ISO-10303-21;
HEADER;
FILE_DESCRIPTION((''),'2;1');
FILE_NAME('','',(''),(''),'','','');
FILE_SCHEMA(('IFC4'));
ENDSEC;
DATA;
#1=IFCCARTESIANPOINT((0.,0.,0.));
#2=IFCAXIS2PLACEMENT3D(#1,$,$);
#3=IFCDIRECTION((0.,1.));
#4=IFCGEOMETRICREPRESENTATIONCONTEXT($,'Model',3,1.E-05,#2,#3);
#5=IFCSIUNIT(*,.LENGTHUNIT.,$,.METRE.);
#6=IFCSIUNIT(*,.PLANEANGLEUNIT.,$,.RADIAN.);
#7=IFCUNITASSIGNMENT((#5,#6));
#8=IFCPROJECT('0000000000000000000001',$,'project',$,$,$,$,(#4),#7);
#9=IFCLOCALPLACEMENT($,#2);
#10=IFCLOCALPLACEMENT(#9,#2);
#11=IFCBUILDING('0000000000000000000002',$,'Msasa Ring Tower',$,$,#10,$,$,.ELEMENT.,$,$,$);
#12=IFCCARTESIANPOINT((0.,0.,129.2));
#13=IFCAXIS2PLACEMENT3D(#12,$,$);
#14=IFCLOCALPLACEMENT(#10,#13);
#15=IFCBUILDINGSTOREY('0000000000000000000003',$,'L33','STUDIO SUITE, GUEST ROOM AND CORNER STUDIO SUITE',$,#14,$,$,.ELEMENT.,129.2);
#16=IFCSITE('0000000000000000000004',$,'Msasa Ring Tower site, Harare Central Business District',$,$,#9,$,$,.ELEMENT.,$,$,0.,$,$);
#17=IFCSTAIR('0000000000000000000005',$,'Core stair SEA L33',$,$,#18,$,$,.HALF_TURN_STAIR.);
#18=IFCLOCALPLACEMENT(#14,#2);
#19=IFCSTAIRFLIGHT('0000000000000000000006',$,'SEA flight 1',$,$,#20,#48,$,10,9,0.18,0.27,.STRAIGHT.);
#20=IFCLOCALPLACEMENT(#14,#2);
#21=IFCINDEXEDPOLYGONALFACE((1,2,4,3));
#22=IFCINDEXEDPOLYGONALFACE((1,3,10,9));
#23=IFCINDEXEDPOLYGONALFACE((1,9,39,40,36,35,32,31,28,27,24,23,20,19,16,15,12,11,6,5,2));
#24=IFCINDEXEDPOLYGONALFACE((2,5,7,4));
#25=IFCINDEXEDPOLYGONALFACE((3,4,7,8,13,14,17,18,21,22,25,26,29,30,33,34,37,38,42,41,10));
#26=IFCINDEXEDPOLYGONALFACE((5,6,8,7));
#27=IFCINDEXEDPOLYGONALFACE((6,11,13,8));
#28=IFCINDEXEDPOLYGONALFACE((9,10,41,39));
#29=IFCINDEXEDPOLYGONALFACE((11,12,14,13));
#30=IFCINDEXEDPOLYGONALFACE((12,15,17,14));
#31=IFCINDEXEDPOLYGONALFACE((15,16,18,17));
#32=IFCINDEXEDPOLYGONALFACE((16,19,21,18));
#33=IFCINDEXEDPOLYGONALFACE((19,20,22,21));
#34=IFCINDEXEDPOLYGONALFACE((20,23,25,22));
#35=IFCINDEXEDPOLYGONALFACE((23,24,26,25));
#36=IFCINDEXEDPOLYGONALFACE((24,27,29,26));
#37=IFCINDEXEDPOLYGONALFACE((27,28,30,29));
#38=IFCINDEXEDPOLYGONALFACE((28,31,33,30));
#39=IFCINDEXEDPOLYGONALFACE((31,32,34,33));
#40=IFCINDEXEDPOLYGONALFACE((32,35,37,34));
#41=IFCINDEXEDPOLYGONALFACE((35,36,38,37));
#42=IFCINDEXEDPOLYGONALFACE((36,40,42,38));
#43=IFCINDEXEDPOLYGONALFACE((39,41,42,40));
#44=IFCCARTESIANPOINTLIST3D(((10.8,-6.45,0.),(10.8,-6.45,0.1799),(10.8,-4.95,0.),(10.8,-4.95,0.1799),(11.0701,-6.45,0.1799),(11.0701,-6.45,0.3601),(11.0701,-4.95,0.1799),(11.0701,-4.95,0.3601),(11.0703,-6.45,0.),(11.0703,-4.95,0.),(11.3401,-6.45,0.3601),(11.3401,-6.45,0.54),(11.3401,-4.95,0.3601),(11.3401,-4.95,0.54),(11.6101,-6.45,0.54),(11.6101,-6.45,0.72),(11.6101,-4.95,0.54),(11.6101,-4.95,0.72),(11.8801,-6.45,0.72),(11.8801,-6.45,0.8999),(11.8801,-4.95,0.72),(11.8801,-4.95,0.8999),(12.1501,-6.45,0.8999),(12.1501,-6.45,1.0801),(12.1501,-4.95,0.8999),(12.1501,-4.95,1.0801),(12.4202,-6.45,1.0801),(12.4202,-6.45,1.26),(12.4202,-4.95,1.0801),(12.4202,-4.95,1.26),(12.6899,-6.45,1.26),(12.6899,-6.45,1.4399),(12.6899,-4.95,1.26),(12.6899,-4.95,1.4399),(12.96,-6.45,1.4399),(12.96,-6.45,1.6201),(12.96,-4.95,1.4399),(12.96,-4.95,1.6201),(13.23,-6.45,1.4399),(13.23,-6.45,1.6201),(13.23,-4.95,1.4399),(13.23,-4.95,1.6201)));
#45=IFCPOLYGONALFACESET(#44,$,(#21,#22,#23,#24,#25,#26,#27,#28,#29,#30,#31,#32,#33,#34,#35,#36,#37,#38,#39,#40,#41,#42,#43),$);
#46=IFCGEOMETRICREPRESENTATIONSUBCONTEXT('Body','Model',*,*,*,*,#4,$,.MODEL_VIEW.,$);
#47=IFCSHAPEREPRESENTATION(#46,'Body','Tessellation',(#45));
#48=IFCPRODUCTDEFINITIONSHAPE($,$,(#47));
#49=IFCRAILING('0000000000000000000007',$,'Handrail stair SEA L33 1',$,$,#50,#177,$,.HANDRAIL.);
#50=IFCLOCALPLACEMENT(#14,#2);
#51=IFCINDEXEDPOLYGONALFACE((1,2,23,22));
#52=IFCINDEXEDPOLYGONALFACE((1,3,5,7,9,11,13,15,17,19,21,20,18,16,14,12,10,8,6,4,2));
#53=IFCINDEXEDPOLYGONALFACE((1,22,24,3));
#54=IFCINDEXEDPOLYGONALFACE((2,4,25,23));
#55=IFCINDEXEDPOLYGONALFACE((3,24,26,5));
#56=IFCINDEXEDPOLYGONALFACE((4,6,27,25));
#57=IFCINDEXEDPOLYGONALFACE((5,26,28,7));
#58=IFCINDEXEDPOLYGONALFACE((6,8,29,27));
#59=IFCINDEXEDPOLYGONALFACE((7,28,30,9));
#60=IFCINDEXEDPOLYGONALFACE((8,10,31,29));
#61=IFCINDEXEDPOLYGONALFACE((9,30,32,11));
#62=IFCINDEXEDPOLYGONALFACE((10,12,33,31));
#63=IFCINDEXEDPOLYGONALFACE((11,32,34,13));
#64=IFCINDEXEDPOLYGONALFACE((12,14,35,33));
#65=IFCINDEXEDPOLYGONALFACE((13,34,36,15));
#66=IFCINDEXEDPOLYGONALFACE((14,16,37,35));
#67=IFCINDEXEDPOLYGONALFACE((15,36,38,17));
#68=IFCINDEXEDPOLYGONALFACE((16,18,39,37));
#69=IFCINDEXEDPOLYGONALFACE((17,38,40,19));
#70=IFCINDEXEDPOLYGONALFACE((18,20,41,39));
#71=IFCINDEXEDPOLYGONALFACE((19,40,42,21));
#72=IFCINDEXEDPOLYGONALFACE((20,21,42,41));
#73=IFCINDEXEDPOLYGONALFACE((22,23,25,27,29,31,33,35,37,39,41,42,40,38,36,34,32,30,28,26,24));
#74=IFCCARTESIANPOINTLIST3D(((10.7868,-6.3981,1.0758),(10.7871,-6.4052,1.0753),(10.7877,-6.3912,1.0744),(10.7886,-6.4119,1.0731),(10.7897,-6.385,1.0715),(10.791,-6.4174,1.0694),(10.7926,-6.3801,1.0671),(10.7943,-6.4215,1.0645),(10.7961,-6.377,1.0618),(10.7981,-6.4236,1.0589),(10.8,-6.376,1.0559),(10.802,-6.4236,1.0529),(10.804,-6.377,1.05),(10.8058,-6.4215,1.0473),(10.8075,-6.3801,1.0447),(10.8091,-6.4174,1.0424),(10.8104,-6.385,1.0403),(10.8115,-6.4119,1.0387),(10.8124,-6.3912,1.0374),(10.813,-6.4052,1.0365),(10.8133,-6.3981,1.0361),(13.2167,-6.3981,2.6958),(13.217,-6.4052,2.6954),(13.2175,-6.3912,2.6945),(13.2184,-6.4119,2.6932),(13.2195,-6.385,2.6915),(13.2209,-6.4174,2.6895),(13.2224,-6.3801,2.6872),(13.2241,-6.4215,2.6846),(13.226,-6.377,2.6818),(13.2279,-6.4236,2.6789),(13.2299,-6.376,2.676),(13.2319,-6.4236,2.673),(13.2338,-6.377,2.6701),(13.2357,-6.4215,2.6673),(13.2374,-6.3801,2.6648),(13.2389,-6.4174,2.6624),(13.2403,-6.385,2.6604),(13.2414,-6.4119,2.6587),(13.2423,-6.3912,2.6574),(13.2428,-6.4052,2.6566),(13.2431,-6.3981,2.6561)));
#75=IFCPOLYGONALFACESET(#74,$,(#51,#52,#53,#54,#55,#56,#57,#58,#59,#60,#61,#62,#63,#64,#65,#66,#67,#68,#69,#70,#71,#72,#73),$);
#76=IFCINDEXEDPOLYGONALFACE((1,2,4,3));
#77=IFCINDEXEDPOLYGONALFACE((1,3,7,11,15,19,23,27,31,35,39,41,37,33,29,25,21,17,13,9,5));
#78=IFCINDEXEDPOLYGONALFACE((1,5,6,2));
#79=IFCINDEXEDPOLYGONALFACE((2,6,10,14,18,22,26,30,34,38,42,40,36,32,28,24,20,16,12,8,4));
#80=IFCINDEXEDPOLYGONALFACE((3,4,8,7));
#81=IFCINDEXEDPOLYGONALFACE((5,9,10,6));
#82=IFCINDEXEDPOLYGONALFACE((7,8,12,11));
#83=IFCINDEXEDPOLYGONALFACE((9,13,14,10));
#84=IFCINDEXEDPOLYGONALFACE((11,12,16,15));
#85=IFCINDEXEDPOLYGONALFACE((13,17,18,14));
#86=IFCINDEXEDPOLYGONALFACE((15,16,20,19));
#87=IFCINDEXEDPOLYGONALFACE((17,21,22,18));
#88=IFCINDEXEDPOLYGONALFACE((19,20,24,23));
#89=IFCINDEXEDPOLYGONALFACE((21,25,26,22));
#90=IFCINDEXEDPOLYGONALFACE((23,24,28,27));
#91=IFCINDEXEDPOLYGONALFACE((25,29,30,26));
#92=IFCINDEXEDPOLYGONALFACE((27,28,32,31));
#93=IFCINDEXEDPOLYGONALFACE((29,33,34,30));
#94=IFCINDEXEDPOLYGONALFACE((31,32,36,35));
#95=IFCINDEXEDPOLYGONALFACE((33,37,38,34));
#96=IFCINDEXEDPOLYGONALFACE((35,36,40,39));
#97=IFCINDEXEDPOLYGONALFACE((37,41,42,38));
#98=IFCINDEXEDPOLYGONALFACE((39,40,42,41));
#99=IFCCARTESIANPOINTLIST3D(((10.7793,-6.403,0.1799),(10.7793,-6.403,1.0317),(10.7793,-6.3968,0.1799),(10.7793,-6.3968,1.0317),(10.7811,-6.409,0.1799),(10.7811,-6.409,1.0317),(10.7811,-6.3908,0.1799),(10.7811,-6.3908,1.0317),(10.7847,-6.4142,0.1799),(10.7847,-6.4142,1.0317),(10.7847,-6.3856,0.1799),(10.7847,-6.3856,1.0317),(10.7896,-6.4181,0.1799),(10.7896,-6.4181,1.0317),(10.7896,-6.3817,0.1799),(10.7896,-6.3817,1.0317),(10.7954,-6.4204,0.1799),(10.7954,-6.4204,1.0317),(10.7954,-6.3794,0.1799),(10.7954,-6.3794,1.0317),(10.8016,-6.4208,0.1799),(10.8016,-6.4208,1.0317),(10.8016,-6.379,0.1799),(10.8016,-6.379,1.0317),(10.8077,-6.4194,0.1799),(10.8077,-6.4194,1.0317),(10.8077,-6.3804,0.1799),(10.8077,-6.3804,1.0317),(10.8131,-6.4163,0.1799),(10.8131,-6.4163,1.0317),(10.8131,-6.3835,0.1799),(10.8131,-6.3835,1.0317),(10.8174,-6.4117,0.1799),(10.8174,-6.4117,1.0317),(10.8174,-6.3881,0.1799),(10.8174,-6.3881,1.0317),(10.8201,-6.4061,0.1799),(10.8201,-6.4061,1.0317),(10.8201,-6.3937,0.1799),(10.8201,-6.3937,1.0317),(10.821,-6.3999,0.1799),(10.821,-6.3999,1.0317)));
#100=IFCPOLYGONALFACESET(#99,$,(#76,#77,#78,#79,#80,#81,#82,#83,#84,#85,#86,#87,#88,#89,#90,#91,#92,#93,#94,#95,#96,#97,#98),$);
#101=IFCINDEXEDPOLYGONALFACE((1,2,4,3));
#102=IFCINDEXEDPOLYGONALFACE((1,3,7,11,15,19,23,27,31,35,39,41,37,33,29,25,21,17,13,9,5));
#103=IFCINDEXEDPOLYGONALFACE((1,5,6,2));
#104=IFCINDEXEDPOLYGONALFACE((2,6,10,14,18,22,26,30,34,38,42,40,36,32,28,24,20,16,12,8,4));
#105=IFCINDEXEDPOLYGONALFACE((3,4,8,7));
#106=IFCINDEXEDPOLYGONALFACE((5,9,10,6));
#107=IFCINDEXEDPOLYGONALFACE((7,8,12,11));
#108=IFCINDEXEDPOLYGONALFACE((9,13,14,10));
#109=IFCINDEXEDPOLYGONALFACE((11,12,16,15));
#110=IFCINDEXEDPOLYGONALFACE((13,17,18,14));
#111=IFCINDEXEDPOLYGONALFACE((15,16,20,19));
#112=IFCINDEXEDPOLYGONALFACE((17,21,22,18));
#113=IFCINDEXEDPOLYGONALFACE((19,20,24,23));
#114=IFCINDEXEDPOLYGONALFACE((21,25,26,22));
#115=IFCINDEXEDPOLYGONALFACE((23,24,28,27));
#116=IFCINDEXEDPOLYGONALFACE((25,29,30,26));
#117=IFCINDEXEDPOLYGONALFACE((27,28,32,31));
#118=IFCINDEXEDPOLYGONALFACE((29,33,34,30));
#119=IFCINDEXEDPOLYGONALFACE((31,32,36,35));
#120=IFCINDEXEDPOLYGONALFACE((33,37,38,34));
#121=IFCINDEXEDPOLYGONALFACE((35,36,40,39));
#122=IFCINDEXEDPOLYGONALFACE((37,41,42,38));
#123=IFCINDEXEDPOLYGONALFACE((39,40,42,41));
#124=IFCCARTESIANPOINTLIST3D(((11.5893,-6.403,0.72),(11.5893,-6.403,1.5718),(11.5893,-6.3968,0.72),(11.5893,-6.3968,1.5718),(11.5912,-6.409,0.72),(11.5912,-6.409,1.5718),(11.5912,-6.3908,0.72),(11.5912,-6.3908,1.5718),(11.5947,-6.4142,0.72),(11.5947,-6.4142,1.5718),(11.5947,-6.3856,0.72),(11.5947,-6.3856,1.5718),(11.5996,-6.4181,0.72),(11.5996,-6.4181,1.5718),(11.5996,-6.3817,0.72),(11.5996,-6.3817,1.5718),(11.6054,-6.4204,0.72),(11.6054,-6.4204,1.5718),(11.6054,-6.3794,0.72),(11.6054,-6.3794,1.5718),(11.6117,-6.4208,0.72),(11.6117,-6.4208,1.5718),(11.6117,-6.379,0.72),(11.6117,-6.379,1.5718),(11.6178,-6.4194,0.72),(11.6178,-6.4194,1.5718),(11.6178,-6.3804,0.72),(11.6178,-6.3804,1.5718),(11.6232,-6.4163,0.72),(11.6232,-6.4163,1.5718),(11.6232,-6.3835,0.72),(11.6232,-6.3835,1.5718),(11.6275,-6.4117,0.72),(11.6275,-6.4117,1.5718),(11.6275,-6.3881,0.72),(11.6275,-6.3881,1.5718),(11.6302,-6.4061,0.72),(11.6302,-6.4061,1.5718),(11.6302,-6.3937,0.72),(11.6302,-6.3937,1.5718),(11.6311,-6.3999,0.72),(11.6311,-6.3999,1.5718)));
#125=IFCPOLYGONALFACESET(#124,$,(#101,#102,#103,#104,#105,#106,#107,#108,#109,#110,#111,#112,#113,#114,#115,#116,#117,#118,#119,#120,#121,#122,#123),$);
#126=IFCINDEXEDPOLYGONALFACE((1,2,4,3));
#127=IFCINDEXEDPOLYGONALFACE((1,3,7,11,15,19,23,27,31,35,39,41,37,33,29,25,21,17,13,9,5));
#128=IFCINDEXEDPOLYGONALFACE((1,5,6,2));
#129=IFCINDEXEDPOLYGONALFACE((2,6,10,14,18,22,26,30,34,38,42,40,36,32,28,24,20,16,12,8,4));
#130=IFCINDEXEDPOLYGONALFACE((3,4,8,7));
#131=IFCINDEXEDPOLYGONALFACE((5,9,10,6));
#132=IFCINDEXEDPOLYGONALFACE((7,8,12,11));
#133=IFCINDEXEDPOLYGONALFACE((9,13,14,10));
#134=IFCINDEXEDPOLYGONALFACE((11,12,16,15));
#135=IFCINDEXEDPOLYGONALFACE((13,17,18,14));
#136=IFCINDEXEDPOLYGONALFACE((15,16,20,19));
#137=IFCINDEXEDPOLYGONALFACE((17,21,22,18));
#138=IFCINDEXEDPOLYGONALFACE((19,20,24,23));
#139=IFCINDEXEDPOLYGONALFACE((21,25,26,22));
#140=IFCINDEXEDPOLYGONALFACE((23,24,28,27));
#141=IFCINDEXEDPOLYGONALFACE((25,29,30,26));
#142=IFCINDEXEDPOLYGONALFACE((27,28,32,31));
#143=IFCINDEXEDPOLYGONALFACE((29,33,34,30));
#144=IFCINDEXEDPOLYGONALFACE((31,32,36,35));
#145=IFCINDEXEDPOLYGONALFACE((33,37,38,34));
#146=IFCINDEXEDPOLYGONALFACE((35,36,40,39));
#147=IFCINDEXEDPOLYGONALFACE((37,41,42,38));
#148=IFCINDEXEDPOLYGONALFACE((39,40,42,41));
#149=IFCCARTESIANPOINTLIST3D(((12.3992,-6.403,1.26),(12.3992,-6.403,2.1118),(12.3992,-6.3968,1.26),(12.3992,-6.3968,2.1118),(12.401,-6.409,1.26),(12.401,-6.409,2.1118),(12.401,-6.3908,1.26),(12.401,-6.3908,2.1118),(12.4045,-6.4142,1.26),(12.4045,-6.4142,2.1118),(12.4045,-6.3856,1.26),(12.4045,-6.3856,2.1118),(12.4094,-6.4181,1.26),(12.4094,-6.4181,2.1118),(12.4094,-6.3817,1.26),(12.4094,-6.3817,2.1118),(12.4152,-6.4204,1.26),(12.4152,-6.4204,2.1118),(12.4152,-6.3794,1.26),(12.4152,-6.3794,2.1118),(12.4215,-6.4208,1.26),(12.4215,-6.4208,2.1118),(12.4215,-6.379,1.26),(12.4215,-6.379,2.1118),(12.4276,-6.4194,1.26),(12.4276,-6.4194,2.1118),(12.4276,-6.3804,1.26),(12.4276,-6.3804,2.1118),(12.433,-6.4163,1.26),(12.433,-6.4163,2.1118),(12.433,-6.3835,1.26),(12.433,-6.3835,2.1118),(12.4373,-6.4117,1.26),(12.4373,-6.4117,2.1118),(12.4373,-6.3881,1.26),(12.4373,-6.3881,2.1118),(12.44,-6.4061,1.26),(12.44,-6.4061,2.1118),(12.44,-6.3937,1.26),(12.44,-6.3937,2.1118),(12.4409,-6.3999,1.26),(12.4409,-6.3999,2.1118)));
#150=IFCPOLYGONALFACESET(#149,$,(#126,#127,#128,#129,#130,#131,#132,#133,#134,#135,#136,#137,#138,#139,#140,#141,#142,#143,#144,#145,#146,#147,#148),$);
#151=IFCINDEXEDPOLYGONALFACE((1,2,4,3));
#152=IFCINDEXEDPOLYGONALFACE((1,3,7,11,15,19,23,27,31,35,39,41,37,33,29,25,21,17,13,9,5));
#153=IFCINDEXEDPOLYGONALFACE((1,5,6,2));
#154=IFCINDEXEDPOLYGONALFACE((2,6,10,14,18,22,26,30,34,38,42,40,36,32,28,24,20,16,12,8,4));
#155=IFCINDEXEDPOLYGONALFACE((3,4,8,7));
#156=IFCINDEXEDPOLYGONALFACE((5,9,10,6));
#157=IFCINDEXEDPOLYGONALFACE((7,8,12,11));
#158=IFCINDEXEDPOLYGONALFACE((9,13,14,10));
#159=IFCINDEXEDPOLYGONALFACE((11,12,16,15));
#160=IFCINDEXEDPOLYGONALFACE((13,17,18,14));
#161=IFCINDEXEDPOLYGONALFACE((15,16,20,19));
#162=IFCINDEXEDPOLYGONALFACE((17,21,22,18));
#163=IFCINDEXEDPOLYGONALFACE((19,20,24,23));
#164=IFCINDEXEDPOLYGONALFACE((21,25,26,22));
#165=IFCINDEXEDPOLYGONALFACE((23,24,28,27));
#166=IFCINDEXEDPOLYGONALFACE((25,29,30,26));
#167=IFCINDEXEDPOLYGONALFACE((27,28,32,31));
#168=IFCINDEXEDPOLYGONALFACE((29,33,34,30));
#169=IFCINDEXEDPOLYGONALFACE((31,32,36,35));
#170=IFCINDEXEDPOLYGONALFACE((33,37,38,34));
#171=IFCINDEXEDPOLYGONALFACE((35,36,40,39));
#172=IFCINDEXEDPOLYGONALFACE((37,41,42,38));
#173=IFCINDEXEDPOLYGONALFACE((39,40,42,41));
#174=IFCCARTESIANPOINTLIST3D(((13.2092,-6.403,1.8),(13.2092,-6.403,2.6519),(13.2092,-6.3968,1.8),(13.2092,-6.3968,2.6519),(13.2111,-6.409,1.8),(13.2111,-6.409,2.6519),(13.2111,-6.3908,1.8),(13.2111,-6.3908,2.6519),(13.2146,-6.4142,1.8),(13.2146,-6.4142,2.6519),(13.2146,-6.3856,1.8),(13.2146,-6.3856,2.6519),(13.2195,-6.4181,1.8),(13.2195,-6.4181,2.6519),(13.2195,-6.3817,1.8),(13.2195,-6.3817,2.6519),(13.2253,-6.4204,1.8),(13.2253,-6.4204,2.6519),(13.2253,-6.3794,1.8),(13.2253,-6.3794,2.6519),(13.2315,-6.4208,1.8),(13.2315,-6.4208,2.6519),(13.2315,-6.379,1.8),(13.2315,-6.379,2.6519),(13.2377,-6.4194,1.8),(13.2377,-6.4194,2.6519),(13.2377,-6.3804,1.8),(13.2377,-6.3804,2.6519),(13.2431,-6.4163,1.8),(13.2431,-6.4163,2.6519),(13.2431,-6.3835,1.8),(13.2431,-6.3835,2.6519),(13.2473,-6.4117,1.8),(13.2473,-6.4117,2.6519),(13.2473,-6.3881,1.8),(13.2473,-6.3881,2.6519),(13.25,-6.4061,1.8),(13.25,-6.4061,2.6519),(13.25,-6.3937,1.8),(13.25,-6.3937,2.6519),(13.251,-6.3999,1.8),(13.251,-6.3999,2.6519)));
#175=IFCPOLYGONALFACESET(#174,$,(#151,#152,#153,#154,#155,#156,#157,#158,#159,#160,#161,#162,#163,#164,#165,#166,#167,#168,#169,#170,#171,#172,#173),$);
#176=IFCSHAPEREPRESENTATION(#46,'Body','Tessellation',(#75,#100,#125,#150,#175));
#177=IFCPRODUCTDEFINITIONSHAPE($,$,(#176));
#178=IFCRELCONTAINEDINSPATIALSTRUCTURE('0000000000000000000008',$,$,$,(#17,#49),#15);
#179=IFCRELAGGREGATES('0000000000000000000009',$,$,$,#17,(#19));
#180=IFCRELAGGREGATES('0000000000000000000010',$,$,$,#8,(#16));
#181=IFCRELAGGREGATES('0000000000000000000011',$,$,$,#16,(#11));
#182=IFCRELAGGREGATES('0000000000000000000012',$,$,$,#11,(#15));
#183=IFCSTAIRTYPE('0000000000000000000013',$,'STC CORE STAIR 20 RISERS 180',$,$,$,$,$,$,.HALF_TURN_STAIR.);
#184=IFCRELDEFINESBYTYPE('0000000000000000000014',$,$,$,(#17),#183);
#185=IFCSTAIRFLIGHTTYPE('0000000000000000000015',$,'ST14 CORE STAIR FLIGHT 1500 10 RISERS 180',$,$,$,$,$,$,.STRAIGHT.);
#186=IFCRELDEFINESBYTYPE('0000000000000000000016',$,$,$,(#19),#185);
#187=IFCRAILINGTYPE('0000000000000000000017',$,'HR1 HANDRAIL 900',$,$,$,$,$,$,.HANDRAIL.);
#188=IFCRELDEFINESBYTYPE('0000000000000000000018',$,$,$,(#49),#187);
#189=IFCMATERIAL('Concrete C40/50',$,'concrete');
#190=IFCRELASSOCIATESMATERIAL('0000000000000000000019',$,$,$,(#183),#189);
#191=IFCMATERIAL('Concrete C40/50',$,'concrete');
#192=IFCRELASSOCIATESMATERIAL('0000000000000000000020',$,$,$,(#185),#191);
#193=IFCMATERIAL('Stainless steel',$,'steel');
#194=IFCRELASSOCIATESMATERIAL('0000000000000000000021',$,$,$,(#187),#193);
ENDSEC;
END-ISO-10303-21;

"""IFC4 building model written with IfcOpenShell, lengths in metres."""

from ifc_helpers import new_model, si_unit, direction, frame, origin, origin_2d, place, context, subcontext, project, spatial, polyline, circle, outline, extrude, material, type_object, element, aggregate, save


model = new_model("IFC4")

# Units and contexts
model_context = context("Model", 3, precision=1e-05, world=origin(), true_north=direction((0.0, 1.0)))
body_context = subcontext(model_context, "Body", "Model", "MODEL_VIEW")
ifc_project = project(units=[si_unit("LENGTHUNIT", "METRE"), si_unit("PLANEANGLEUNIT", "RADIAN")], contexts=[model_context])

# Site, building, storey
site_placement = place(None, origin())
site = spatial("IfcSite", under=ifc_project, at=site_placement, Name="Msasa Ring Tower site, Harare Central Business District", CompositionType="ELEMENT", RefElevation=0.0)
building_placement = place(site_placement, origin())
building = spatial("IfcBuilding", under=site, at=building_placement, Name="Msasa Ring Tower", CompositionType="ELEMENT")
storey_placement = place(building_placement, frame((0.0, 0.0, 129.2)))
storey = spatial("IfcBuildingStorey", under=building, at=storey_placement, Name="L33", Description="STUDIO SUITE, GUEST ROOM AND CORNER STUDIO SUITE", CompositionType="ELEMENT", Elevation=129.2)

# Shared definitions
ifc_material_1 = material(Name="Concrete C40/50", Category="concrete")
stair_type = type_object("IfcStairType", Name="STC CORE STAIR 20 RISERS 180", PredefinedType="HALF_TURN_STAIR", material=ifc_material_1)

# Stair, stair flight
stair_1_placement = place(storey_placement, origin())
stair_1 = element("IfcStair", 1, at=stair_1_placement, inside=storey, type_object=stair_type, Name="Core stair SEA L33", PredefinedType="HALF_TURN_STAIR")
ifc_material_2 = material(Name="Concrete C40/50", Category="concrete")
stair_flight_type = type_object("IfcStairFlightType", Name="ST14 CORE STAIR FLIGHT 1500 10 RISERS 180", PredefinedType="STRAIGHT", material=ifc_material_2)
stair_flight_placement = place(storey_placement, frame((10.8, -5.7, 0.0), z_axis=(0.0, 0.0, 1.0), x_axis=(1.0, 0.0, 0.0)))
stair_flight = element("IfcStairFlight", 2, at=stair_flight_placement, type_object=stair_flight_type, Name="SEA flight 1", NumberOfRisers=10, NumberOfTreads=9, PredefinedType="STRAIGHT", RiserHeight=0.18, TreadLength=0.27, context=body_context, shape_type="SweptSolid", body=[
    extrude(outline(polyline([(0.0, 0.0), (0.0, 0.1799), (0.27, 0.1799), (0.27, 0.3601), (0.54, 0.3601), (0.54, 0.54), (0.8101, 0.54), (0.8101, 0.72), (1.0801, 0.72), (1.0801, 0.8999), (1.3501, 0.8999), (1.3501, 1.0801), (1.6201, 1.0801), (1.6201, 1.26), (1.8899, 1.26), (1.8899, 1.4399), (2.1599, 1.4399), (2.1599, 1.6201), (2.4299, 1.6201), (2.4299, 1.8), (2.4299, 1.4399), (0.2703, 0.0), (0.0, 0.0)])), frame((0.0, 0.75, 0.0), z_axis=(0.0, -1.0, 0.0), x_axis=(1.0, 0.0, 0.0)), (0.0, 0.0, 1.0), 1.5),
])
aggregate(stair_1, [stair_flight])

# Railing
ifc_material_3 = material(Name="Stainless steel", Category="steel")
railing_type = type_object("IfcRailingType", Name="HR1 HANDRAIL 900", PredefinedType="HANDRAIL", material=ifc_material_3)
for number, where, name in (
    (3, (10.8, -6.3999, 0.1799), "Handrail stair SEA L33 1"),
):
    element("IfcRailing", number, at=place(storey_placement, frame(where)), inside=storey, type_object=railing_type, Name=name, PredefinedType="HANDRAIL", context=body_context, shape_type="SweptSolid", body=[
        extrude(circle(Radius=0.0239, at=origin_2d()), frame((0.0, 0.0, 0.876), z_axis=(0.832025, 0.0, 0.554739), x_axis=(0.0, 1.0, 0.0)), (0.0, 0.0, 1.0), 2.9204),
        extrude(circle(Radius=0.021, at=origin_2d()), origin(), (0.0, 0.0, 1.0), 0.8518),
        extrude(circle(Radius=0.021, at=origin_2d()), frame((0.8101, 0.0, 0.54)), (0.0, 0.0, 1.0), 0.8518),
        extrude(circle(Radius=0.021, at=origin_2d()), frame((1.6199, 0.0, 1.0801)), (0.0, 0.0, 1.0), 0.8518),
        extrude(circle(Radius=0.021, at=origin_2d()), frame((2.4299, 0.0, 1.6201)), (0.0, 0.0, 1.0), 0.8518),
    ])

save(model, "model.ifc")
